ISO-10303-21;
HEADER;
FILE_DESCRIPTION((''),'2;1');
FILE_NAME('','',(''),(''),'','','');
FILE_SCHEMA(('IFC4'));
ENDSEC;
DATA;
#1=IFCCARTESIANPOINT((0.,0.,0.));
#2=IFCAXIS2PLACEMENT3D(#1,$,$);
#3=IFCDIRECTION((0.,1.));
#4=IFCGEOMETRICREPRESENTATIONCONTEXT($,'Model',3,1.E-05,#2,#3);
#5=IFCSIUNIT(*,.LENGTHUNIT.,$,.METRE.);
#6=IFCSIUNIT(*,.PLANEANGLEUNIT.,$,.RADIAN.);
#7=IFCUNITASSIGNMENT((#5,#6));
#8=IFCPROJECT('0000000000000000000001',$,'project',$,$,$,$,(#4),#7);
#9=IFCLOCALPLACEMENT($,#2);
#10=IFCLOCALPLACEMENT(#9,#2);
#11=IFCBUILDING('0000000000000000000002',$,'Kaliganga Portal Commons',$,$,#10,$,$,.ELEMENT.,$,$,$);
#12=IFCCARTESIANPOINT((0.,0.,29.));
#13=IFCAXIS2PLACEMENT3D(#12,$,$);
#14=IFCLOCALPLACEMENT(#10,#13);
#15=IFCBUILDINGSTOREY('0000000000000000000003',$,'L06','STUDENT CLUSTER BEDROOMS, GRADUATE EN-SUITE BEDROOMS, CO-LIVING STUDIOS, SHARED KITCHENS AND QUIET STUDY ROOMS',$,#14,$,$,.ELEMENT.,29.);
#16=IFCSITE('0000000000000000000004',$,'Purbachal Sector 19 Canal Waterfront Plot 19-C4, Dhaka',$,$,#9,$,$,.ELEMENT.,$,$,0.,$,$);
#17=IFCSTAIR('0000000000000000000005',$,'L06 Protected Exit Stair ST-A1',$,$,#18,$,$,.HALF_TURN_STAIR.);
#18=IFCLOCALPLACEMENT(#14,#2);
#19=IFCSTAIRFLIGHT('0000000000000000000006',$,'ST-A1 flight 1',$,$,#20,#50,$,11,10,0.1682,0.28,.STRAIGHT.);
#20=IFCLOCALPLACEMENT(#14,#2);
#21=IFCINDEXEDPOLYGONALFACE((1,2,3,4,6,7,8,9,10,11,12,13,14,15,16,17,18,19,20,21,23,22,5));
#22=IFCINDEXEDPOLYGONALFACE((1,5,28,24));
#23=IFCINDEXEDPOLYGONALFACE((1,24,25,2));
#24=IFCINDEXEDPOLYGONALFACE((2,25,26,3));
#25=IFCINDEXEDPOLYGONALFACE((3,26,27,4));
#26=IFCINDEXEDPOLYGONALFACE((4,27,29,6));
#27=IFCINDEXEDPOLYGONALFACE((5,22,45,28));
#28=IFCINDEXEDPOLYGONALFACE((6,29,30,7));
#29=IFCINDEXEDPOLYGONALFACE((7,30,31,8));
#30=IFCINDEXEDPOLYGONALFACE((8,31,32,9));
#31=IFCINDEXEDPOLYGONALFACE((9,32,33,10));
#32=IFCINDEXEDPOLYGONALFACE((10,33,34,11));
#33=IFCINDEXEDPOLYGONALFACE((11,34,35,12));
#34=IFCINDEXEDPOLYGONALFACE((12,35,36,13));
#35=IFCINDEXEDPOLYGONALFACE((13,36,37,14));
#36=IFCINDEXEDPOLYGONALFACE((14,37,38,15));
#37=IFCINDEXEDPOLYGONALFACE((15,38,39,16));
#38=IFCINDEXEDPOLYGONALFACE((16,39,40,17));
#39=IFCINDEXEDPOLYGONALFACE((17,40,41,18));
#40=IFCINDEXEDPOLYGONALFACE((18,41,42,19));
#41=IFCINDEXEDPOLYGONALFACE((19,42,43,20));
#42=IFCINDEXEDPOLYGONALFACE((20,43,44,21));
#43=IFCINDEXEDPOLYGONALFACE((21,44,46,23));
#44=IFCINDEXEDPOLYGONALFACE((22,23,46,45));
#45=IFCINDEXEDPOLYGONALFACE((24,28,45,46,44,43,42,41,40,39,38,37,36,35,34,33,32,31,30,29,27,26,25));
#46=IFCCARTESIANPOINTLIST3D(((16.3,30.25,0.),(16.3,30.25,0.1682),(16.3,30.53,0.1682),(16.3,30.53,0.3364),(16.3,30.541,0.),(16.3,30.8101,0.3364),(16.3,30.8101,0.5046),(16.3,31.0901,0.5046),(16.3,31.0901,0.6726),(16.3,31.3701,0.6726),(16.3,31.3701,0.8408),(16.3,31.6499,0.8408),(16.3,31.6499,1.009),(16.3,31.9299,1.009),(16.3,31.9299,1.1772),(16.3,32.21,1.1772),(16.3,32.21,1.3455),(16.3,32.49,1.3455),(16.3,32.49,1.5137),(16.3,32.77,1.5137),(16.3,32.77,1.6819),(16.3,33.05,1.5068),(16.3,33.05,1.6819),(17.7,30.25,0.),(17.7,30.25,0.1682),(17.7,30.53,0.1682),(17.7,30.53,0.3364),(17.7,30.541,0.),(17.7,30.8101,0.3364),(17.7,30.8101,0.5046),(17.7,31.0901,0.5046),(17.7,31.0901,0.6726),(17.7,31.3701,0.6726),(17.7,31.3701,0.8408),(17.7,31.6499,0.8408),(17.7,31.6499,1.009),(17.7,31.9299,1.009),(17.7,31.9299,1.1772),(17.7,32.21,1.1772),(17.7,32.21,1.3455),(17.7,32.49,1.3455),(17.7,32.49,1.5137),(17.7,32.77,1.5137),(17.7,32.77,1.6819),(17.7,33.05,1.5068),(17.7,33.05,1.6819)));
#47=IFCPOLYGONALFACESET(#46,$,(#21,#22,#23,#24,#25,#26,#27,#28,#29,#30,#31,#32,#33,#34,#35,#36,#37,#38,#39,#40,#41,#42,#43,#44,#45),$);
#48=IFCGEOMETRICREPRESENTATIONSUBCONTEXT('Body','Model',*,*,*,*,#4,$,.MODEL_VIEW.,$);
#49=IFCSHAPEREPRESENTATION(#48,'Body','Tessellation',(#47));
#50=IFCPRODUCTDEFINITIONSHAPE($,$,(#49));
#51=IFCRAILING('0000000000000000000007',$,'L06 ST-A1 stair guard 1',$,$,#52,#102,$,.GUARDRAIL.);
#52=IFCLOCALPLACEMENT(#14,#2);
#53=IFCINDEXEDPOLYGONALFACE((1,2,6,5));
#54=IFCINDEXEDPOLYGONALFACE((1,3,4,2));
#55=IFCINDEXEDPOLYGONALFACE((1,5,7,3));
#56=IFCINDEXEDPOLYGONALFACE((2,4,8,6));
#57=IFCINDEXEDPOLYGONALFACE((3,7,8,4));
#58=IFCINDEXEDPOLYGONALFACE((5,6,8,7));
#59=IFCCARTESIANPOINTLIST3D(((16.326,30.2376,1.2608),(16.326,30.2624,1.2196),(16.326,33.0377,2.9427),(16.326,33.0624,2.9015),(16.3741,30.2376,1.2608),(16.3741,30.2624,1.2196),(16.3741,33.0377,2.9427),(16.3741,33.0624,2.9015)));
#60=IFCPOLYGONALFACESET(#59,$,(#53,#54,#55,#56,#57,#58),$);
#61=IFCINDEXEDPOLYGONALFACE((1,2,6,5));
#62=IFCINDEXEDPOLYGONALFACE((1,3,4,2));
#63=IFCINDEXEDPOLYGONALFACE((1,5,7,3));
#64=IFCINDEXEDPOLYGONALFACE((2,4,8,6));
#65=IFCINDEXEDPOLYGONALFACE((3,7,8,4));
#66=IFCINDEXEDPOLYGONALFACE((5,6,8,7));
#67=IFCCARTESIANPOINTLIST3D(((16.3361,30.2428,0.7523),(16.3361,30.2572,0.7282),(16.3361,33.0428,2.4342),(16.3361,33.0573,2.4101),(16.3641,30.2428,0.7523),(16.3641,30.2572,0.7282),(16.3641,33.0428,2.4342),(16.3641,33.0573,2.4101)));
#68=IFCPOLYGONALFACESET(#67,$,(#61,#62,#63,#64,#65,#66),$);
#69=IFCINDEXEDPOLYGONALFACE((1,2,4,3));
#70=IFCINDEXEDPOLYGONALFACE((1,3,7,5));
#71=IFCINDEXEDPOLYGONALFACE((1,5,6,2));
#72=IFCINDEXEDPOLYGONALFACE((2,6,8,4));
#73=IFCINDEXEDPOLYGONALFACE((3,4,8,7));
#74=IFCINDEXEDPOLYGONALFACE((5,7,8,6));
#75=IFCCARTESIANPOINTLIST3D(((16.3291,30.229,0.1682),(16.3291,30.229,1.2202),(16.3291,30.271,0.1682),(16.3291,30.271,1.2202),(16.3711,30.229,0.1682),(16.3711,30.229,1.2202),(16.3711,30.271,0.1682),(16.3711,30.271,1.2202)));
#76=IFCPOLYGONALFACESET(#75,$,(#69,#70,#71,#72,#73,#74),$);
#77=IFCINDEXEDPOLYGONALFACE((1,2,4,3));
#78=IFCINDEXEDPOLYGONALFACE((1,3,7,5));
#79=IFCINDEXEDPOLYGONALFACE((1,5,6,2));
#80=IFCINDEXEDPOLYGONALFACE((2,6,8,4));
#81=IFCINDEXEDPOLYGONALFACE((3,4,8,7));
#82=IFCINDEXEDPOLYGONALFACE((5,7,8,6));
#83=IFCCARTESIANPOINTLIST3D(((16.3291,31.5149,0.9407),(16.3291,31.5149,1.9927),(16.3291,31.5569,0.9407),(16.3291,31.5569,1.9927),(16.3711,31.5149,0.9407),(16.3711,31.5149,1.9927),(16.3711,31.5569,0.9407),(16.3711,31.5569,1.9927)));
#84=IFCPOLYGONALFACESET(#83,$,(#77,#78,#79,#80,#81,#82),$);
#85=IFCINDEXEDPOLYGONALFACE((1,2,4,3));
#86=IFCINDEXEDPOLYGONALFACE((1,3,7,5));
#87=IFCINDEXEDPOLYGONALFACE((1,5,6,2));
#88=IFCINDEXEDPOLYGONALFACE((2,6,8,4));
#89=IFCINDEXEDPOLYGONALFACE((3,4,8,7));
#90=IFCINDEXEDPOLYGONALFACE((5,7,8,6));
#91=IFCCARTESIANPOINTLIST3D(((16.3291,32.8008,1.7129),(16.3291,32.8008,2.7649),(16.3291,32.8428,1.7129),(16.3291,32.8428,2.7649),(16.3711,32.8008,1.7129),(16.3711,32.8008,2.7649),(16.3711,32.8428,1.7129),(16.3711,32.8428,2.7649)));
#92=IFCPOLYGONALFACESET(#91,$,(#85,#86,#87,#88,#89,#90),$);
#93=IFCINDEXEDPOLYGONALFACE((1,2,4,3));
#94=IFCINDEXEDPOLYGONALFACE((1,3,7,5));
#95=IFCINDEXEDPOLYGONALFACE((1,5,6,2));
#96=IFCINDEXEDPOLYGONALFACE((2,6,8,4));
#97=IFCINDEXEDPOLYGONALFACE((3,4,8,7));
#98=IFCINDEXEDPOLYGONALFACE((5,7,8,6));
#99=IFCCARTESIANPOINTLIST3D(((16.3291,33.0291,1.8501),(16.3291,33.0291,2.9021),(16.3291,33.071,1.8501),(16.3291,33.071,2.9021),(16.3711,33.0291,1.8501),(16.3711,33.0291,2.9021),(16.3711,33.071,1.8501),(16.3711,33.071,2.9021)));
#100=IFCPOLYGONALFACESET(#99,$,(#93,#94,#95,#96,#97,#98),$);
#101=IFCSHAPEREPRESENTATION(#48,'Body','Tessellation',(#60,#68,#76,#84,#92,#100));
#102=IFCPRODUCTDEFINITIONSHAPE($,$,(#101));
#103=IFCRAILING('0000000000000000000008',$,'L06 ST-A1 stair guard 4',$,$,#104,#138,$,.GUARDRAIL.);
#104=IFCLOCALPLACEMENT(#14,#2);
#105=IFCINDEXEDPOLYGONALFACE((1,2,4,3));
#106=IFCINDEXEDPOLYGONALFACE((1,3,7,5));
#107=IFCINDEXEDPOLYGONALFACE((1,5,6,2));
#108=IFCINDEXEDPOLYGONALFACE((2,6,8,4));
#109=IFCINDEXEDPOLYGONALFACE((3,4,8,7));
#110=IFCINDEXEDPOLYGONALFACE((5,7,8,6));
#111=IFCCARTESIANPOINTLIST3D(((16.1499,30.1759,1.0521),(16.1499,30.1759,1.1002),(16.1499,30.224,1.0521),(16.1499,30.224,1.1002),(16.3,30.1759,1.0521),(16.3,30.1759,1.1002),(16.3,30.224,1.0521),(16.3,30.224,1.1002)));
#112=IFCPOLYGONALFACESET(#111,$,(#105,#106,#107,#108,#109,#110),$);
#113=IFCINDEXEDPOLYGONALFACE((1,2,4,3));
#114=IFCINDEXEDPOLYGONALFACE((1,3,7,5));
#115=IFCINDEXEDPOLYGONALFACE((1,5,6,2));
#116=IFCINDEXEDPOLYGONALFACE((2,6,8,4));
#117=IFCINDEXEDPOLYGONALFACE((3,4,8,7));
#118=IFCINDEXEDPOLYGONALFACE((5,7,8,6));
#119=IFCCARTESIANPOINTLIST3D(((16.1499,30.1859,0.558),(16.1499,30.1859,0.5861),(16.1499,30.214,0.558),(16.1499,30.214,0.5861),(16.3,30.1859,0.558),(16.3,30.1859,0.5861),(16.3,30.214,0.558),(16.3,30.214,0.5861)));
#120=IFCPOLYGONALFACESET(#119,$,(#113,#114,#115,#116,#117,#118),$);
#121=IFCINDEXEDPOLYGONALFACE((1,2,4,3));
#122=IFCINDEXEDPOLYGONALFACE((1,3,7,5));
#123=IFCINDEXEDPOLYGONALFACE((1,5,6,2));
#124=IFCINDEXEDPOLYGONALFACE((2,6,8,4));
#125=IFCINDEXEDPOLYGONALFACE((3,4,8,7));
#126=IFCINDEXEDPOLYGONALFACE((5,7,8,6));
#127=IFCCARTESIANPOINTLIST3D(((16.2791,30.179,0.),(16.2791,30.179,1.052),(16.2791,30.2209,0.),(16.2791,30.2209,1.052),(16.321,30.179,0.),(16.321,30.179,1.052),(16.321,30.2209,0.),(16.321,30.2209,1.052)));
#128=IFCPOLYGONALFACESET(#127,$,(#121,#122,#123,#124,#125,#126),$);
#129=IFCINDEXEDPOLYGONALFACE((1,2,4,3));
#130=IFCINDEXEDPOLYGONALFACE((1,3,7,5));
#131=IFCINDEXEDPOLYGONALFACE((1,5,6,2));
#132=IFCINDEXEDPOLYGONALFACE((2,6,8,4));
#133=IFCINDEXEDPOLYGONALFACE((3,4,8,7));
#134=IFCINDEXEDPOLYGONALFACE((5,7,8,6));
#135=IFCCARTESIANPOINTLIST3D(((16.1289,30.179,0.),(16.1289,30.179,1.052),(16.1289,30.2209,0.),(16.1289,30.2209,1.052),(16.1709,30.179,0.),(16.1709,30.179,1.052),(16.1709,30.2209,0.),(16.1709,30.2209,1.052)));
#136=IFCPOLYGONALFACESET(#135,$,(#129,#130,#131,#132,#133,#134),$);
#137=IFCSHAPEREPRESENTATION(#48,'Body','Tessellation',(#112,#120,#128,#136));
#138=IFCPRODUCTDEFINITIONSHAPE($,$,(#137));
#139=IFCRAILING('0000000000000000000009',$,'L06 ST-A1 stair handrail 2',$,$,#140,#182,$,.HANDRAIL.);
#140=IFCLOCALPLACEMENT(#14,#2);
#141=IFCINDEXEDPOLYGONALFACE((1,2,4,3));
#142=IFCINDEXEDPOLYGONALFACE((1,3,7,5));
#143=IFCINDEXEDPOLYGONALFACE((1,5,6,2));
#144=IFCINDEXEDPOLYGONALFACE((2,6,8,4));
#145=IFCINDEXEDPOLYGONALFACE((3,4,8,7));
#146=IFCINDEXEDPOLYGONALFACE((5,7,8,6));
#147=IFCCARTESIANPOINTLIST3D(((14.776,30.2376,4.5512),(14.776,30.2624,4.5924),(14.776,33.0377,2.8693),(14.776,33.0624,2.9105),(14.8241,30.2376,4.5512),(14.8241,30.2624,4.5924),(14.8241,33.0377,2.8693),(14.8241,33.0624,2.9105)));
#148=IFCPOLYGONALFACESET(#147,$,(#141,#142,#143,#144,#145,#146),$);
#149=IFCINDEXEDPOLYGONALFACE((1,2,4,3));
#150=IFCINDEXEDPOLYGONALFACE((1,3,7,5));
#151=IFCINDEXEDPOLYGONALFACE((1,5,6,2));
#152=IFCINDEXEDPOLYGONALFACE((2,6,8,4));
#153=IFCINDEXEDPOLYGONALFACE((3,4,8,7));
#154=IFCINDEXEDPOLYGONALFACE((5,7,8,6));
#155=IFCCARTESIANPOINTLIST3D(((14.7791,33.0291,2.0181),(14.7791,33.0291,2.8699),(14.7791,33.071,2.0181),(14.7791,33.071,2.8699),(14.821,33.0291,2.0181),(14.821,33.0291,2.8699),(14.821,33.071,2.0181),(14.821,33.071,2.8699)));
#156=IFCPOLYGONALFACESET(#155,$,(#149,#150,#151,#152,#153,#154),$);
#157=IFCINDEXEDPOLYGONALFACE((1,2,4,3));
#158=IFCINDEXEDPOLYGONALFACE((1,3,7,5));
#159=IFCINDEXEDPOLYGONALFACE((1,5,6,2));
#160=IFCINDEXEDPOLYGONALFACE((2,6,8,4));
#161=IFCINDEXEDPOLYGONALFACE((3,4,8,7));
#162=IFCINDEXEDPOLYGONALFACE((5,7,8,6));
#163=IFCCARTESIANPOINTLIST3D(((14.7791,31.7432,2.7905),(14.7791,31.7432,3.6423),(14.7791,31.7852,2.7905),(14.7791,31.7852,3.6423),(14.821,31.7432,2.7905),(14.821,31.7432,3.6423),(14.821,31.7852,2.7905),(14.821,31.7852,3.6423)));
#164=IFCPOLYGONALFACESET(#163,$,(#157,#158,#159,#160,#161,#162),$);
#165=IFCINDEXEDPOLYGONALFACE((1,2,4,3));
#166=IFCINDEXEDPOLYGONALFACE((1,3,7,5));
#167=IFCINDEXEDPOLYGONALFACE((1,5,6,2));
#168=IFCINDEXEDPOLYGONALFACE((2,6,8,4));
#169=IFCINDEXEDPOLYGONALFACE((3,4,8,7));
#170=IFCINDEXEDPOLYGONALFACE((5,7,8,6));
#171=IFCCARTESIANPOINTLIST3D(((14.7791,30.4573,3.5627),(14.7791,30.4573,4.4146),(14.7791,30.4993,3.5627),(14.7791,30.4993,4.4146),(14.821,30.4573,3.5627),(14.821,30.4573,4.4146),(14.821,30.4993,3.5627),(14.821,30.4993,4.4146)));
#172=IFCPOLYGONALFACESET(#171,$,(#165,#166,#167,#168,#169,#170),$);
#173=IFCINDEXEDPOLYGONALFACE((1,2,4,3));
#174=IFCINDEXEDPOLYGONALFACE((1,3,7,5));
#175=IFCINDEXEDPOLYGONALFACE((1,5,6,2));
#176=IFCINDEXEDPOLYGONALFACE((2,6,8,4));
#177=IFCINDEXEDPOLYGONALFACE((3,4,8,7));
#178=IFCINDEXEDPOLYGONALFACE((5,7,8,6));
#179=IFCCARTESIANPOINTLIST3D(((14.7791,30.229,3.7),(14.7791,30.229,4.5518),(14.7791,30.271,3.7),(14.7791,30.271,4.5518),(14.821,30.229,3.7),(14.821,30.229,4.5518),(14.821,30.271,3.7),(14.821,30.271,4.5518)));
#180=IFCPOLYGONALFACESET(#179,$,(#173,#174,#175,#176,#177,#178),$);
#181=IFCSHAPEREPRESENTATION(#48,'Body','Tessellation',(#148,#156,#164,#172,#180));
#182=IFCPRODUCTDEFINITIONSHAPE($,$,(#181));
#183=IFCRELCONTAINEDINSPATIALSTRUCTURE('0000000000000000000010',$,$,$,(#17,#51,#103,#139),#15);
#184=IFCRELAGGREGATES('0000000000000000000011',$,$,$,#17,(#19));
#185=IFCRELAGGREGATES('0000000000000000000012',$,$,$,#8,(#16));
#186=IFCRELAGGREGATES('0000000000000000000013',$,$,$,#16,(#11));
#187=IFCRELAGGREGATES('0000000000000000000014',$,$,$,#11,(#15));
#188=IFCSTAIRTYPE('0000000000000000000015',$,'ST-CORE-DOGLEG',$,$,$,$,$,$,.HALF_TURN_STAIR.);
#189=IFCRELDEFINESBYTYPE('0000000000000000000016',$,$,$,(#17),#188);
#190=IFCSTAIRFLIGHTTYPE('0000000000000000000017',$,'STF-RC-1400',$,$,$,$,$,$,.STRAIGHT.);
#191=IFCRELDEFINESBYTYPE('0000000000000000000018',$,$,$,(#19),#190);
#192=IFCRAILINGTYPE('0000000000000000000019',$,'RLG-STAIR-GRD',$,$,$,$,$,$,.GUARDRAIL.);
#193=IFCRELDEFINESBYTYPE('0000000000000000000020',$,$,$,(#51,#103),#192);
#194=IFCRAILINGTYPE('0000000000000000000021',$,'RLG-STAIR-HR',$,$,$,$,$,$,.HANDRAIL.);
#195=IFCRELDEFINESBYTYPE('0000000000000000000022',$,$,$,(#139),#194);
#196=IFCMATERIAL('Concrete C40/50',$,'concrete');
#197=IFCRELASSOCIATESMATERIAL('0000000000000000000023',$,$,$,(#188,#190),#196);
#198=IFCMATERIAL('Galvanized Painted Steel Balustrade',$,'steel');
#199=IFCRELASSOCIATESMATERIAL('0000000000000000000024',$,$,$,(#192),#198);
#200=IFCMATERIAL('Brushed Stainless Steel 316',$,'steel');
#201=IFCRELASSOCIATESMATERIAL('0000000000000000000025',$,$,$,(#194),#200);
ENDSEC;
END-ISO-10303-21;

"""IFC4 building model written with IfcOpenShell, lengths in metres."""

from ifc_helpers import new_model, si_unit, direction, frame, origin, origin_2d, place, context, subcontext, project, spatial, polyline, rectangle, outline, extrude, material, type_object, element, aggregate, save


model = new_model("IFC4")

# Units and contexts
model_context = context("Model", 3, precision=1e-05, world=origin(), true_north=direction((0.0, 1.0)))
body_context = subcontext(model_context, "Body", "Model", "MODEL_VIEW")
ifc_project = project(units=[si_unit("LENGTHUNIT", "METRE"), si_unit("PLANEANGLEUNIT", "RADIAN")], contexts=[model_context])

# Site, building, storey
site_placement = place(None, origin())
site = spatial("IfcSite", under=ifc_project, at=site_placement, Name="Purbachal Sector 19 Canal Waterfront Plot 19-C4, Dhaka", CompositionType="ELEMENT", RefElevation=0.0)
building_placement = place(site_placement, origin())
building = spatial("IfcBuilding", under=site, at=building_placement, Name="Kaliganga Portal Commons", CompositionType="ELEMENT")
storey_placement = place(building_placement, frame((0.0, 0.0, 29.0)))
storey = spatial("IfcBuildingStorey", under=building, at=storey_placement, Name="L06", Description="STUDENT CLUSTER BEDROOMS, GRADUATE EN-SUITE BEDROOMS, CO-LIVING STUDIOS, SHARED KITCHENS AND QUIET STUDY ROOMS", CompositionType="ELEMENT", Elevation=29.0)

# Stair, stair flight
ifc_material_1 = material(Name="Concrete C40/50", Category="concrete")
stair_type = type_object("IfcStairType", Name="ST-CORE-DOGLEG", PredefinedType="HALF_TURN_STAIR", material=ifc_material_1)
stair_placement = place(storey_placement, origin())
stair = element("IfcStair", 1, at=stair_placement, inside=storey, type_object=stair_type, Name="L06 Protected Exit Stair ST-A1", PredefinedType="HALF_TURN_STAIR")
stair_flight_type = type_object("IfcStairFlightType", Name="STF-RC-1400", PredefinedType="STRAIGHT", material=ifc_material_1)
stair_flight_placement = place(storey_placement, frame((17.0, 30.25, 0.0), z_axis=(0.0, 0.0, 1.0), x_axis=(0.0, 1.0, 0.0)))
stair_flight = element("IfcStairFlight", 2, at=stair_flight_placement, type_object=stair_flight_type, Name="ST-A1 flight 1", NumberOfRisers=11, NumberOfTreads=10, PredefinedType="STRAIGHT", RiserHeight=0.1682, TreadLength=0.28, context=body_context, shape_type="SweptSolid", body=[
    extrude(outline(polyline([(0.0, 0.0), (0.0, 0.1682), (0.28, 0.1682), (0.28, 0.3364), (0.5601, 0.3364), (0.5601, 0.5046), (0.8401, 0.5046), (0.8401, 0.6726), (1.1201, 0.6726), (1.1201, 0.8408), (1.3999, 0.8408), (1.3999, 1.009), (1.6799, 1.009), (1.6799, 1.1772), (1.96, 1.1772), (1.96, 1.3455), (2.24, 1.3455), (2.24, 1.5137), (2.52, 1.5137), (2.52, 1.6819), (2.8, 1.6819), (2.8, 1.8501), (2.8, 1.5068), (0.291, 0.0), (0.0, 0.0)])), frame((0.0, 0.7, 0.0), z_axis=(0.0, -1.0, 0.0), x_axis=(1.0, 0.0, 0.0)), (0.0, 0.0, 1.0), 1.3999),
])
aggregate(stair, [stair_flight])

# Railings
ifc_material_2 = material(Name="Galvanized Painted Steel Balustrade", Category="steel")
railing_type_1 = type_object("IfcRailingType", Name="RLG-STAIR-GRD", PredefinedType="GUARDRAIL", material=ifc_material_2)
railing_1_placement = place(storey_placement, frame((16.3501, 30.25, 0.1682)))
element("IfcRailing", 3, at=railing_1_placement, inside=storey, type_object=railing_type_1, Name="L06 ST-A1 stair guard 1", PredefinedType="GUARDRAIL", context=body_context, shape_type="SweptSolid", body=[
    extrude(rectangle(XDim=0.0481, YDim=0.0481, at=origin_2d()), frame((0.0, 0.0, 1.072), z_axis=(0.0, 0.857242, 0.514913), x_axis=(-1.0, 0.0, 0.0)), (0.0, 0.0, 1.0), 3.2664),
    extrude(rectangle(XDim=0.0281, YDim=0.0281, at=origin_2d()), frame((0.0, 0.0, 0.572), z_axis=(0.0, 0.857242, 0.514913), x_axis=(-1.0, 0.0, 0.0)), (0.0, 0.0, 1.0), 3.2664),
    extrude(rectangle(XDim=0.042, YDim=0.042, at=origin_2d()), origin(), (0.0, 0.0, 1.0), 1.052),
    extrude(rectangle(XDim=0.042, YDim=0.042, at=origin_2d()), frame((0.0, 1.2859, 0.7725)), (0.0, 0.0, 1.0), 1.052),
    extrude(rectangle(XDim=0.042, YDim=0.042, at=origin_2d()), frame((0.0, 2.5718, 1.5447)), (0.0, 0.0, 1.0), 1.052),
    extrude(rectangle(XDim=0.042, YDim=0.042, at=origin_2d()), frame((0.0, 2.8, 1.6819)), (0.0, 0.0, 1.0), 1.052),
])
railing_2_placement = place(storey_placement, frame((16.3, 30.2, 0.0)))
element("IfcRailing", 4, at=railing_2_placement, inside=storey, type_object=railing_type_1, Name="L06 ST-A1 stair guard 4", PredefinedType="GUARDRAIL", context=body_context, shape_type="SweptSolid", body=[
    extrude(rectangle(XDim=0.0481, YDim=0.0481, at=origin_2d()), frame((0.0, 0.0, 1.0762), z_axis=(-1.0, 0.0, 0.0), x_axis=(0.0, -1.0, 0.0)), (0.0, 0.0, 1.0), 0.1501),
    extrude(rectangle(XDim=0.0281, YDim=0.0281, at=origin_2d()), frame((0.0, 0.0, 0.572), z_axis=(-1.0, 0.0, 0.0), x_axis=(0.0, -1.0, 0.0)), (0.0, 0.0, 1.0), 0.1501),
    extrude(rectangle(XDim=0.042, YDim=0.042, at=origin_2d()), origin(), (0.0, 0.0, 1.0), 1.052),
    extrude(rectangle(XDim=0.042, YDim=0.042, at=origin_2d()), frame((-0.1501, 0.0, 0.0)), (0.0, 0.0, 1.0), 1.052),
])
ifc_material_3 = material(Name="Brushed Stainless Steel 316", Category="steel")
railing_type_2 = type_object("IfcRailingType", Name="RLG-STAIR-HR", PredefinedType="HANDRAIL", material=ifc_material_3)
railing_3_placement = place(storey_placement, frame((14.8, 33.05, 2.0181)))
element("IfcRailing", 5, at=railing_3_placement, inside=storey, type_object=railing_type_2, Name="L06 ST-A1 stair handrail 2", PredefinedType="HANDRAIL", context=body_context, shape_type="SweptSolid", body=[
    extrude(rectangle(XDim=0.0481, YDim=0.0481, at=origin_2d()), frame((0.0, 0.0, 0.8718), z_axis=(0.0, -0.857242, 0.514913), x_axis=(1.0, 0.0, 0.0)), (0.0, 0.0, 1.0), 3.2664),
    extrude(rectangle(XDim=0.042, YDim=0.042, at=origin_2d()), origin(), (0.0, 0.0, 1.0), 0.8518),
    extrude(rectangle(XDim=0.042, YDim=0.042, at=origin_2d()), frame((0.0, -1.2859, 0.7725)), (0.0, 0.0, 1.0), 0.8518),
    extrude(rectangle(XDim=0.042, YDim=0.042, at=origin_2d()), frame((0.0, -2.5718, 1.5447)), (0.0, 0.0, 1.0), 0.8518),
    extrude(rectangle(XDim=0.042, YDim=0.042, at=origin_2d()), frame((0.0, -2.8, 1.6819)), (0.0, 0.0, 1.0), 0.8518),
])

save(model, "model.ifc")
